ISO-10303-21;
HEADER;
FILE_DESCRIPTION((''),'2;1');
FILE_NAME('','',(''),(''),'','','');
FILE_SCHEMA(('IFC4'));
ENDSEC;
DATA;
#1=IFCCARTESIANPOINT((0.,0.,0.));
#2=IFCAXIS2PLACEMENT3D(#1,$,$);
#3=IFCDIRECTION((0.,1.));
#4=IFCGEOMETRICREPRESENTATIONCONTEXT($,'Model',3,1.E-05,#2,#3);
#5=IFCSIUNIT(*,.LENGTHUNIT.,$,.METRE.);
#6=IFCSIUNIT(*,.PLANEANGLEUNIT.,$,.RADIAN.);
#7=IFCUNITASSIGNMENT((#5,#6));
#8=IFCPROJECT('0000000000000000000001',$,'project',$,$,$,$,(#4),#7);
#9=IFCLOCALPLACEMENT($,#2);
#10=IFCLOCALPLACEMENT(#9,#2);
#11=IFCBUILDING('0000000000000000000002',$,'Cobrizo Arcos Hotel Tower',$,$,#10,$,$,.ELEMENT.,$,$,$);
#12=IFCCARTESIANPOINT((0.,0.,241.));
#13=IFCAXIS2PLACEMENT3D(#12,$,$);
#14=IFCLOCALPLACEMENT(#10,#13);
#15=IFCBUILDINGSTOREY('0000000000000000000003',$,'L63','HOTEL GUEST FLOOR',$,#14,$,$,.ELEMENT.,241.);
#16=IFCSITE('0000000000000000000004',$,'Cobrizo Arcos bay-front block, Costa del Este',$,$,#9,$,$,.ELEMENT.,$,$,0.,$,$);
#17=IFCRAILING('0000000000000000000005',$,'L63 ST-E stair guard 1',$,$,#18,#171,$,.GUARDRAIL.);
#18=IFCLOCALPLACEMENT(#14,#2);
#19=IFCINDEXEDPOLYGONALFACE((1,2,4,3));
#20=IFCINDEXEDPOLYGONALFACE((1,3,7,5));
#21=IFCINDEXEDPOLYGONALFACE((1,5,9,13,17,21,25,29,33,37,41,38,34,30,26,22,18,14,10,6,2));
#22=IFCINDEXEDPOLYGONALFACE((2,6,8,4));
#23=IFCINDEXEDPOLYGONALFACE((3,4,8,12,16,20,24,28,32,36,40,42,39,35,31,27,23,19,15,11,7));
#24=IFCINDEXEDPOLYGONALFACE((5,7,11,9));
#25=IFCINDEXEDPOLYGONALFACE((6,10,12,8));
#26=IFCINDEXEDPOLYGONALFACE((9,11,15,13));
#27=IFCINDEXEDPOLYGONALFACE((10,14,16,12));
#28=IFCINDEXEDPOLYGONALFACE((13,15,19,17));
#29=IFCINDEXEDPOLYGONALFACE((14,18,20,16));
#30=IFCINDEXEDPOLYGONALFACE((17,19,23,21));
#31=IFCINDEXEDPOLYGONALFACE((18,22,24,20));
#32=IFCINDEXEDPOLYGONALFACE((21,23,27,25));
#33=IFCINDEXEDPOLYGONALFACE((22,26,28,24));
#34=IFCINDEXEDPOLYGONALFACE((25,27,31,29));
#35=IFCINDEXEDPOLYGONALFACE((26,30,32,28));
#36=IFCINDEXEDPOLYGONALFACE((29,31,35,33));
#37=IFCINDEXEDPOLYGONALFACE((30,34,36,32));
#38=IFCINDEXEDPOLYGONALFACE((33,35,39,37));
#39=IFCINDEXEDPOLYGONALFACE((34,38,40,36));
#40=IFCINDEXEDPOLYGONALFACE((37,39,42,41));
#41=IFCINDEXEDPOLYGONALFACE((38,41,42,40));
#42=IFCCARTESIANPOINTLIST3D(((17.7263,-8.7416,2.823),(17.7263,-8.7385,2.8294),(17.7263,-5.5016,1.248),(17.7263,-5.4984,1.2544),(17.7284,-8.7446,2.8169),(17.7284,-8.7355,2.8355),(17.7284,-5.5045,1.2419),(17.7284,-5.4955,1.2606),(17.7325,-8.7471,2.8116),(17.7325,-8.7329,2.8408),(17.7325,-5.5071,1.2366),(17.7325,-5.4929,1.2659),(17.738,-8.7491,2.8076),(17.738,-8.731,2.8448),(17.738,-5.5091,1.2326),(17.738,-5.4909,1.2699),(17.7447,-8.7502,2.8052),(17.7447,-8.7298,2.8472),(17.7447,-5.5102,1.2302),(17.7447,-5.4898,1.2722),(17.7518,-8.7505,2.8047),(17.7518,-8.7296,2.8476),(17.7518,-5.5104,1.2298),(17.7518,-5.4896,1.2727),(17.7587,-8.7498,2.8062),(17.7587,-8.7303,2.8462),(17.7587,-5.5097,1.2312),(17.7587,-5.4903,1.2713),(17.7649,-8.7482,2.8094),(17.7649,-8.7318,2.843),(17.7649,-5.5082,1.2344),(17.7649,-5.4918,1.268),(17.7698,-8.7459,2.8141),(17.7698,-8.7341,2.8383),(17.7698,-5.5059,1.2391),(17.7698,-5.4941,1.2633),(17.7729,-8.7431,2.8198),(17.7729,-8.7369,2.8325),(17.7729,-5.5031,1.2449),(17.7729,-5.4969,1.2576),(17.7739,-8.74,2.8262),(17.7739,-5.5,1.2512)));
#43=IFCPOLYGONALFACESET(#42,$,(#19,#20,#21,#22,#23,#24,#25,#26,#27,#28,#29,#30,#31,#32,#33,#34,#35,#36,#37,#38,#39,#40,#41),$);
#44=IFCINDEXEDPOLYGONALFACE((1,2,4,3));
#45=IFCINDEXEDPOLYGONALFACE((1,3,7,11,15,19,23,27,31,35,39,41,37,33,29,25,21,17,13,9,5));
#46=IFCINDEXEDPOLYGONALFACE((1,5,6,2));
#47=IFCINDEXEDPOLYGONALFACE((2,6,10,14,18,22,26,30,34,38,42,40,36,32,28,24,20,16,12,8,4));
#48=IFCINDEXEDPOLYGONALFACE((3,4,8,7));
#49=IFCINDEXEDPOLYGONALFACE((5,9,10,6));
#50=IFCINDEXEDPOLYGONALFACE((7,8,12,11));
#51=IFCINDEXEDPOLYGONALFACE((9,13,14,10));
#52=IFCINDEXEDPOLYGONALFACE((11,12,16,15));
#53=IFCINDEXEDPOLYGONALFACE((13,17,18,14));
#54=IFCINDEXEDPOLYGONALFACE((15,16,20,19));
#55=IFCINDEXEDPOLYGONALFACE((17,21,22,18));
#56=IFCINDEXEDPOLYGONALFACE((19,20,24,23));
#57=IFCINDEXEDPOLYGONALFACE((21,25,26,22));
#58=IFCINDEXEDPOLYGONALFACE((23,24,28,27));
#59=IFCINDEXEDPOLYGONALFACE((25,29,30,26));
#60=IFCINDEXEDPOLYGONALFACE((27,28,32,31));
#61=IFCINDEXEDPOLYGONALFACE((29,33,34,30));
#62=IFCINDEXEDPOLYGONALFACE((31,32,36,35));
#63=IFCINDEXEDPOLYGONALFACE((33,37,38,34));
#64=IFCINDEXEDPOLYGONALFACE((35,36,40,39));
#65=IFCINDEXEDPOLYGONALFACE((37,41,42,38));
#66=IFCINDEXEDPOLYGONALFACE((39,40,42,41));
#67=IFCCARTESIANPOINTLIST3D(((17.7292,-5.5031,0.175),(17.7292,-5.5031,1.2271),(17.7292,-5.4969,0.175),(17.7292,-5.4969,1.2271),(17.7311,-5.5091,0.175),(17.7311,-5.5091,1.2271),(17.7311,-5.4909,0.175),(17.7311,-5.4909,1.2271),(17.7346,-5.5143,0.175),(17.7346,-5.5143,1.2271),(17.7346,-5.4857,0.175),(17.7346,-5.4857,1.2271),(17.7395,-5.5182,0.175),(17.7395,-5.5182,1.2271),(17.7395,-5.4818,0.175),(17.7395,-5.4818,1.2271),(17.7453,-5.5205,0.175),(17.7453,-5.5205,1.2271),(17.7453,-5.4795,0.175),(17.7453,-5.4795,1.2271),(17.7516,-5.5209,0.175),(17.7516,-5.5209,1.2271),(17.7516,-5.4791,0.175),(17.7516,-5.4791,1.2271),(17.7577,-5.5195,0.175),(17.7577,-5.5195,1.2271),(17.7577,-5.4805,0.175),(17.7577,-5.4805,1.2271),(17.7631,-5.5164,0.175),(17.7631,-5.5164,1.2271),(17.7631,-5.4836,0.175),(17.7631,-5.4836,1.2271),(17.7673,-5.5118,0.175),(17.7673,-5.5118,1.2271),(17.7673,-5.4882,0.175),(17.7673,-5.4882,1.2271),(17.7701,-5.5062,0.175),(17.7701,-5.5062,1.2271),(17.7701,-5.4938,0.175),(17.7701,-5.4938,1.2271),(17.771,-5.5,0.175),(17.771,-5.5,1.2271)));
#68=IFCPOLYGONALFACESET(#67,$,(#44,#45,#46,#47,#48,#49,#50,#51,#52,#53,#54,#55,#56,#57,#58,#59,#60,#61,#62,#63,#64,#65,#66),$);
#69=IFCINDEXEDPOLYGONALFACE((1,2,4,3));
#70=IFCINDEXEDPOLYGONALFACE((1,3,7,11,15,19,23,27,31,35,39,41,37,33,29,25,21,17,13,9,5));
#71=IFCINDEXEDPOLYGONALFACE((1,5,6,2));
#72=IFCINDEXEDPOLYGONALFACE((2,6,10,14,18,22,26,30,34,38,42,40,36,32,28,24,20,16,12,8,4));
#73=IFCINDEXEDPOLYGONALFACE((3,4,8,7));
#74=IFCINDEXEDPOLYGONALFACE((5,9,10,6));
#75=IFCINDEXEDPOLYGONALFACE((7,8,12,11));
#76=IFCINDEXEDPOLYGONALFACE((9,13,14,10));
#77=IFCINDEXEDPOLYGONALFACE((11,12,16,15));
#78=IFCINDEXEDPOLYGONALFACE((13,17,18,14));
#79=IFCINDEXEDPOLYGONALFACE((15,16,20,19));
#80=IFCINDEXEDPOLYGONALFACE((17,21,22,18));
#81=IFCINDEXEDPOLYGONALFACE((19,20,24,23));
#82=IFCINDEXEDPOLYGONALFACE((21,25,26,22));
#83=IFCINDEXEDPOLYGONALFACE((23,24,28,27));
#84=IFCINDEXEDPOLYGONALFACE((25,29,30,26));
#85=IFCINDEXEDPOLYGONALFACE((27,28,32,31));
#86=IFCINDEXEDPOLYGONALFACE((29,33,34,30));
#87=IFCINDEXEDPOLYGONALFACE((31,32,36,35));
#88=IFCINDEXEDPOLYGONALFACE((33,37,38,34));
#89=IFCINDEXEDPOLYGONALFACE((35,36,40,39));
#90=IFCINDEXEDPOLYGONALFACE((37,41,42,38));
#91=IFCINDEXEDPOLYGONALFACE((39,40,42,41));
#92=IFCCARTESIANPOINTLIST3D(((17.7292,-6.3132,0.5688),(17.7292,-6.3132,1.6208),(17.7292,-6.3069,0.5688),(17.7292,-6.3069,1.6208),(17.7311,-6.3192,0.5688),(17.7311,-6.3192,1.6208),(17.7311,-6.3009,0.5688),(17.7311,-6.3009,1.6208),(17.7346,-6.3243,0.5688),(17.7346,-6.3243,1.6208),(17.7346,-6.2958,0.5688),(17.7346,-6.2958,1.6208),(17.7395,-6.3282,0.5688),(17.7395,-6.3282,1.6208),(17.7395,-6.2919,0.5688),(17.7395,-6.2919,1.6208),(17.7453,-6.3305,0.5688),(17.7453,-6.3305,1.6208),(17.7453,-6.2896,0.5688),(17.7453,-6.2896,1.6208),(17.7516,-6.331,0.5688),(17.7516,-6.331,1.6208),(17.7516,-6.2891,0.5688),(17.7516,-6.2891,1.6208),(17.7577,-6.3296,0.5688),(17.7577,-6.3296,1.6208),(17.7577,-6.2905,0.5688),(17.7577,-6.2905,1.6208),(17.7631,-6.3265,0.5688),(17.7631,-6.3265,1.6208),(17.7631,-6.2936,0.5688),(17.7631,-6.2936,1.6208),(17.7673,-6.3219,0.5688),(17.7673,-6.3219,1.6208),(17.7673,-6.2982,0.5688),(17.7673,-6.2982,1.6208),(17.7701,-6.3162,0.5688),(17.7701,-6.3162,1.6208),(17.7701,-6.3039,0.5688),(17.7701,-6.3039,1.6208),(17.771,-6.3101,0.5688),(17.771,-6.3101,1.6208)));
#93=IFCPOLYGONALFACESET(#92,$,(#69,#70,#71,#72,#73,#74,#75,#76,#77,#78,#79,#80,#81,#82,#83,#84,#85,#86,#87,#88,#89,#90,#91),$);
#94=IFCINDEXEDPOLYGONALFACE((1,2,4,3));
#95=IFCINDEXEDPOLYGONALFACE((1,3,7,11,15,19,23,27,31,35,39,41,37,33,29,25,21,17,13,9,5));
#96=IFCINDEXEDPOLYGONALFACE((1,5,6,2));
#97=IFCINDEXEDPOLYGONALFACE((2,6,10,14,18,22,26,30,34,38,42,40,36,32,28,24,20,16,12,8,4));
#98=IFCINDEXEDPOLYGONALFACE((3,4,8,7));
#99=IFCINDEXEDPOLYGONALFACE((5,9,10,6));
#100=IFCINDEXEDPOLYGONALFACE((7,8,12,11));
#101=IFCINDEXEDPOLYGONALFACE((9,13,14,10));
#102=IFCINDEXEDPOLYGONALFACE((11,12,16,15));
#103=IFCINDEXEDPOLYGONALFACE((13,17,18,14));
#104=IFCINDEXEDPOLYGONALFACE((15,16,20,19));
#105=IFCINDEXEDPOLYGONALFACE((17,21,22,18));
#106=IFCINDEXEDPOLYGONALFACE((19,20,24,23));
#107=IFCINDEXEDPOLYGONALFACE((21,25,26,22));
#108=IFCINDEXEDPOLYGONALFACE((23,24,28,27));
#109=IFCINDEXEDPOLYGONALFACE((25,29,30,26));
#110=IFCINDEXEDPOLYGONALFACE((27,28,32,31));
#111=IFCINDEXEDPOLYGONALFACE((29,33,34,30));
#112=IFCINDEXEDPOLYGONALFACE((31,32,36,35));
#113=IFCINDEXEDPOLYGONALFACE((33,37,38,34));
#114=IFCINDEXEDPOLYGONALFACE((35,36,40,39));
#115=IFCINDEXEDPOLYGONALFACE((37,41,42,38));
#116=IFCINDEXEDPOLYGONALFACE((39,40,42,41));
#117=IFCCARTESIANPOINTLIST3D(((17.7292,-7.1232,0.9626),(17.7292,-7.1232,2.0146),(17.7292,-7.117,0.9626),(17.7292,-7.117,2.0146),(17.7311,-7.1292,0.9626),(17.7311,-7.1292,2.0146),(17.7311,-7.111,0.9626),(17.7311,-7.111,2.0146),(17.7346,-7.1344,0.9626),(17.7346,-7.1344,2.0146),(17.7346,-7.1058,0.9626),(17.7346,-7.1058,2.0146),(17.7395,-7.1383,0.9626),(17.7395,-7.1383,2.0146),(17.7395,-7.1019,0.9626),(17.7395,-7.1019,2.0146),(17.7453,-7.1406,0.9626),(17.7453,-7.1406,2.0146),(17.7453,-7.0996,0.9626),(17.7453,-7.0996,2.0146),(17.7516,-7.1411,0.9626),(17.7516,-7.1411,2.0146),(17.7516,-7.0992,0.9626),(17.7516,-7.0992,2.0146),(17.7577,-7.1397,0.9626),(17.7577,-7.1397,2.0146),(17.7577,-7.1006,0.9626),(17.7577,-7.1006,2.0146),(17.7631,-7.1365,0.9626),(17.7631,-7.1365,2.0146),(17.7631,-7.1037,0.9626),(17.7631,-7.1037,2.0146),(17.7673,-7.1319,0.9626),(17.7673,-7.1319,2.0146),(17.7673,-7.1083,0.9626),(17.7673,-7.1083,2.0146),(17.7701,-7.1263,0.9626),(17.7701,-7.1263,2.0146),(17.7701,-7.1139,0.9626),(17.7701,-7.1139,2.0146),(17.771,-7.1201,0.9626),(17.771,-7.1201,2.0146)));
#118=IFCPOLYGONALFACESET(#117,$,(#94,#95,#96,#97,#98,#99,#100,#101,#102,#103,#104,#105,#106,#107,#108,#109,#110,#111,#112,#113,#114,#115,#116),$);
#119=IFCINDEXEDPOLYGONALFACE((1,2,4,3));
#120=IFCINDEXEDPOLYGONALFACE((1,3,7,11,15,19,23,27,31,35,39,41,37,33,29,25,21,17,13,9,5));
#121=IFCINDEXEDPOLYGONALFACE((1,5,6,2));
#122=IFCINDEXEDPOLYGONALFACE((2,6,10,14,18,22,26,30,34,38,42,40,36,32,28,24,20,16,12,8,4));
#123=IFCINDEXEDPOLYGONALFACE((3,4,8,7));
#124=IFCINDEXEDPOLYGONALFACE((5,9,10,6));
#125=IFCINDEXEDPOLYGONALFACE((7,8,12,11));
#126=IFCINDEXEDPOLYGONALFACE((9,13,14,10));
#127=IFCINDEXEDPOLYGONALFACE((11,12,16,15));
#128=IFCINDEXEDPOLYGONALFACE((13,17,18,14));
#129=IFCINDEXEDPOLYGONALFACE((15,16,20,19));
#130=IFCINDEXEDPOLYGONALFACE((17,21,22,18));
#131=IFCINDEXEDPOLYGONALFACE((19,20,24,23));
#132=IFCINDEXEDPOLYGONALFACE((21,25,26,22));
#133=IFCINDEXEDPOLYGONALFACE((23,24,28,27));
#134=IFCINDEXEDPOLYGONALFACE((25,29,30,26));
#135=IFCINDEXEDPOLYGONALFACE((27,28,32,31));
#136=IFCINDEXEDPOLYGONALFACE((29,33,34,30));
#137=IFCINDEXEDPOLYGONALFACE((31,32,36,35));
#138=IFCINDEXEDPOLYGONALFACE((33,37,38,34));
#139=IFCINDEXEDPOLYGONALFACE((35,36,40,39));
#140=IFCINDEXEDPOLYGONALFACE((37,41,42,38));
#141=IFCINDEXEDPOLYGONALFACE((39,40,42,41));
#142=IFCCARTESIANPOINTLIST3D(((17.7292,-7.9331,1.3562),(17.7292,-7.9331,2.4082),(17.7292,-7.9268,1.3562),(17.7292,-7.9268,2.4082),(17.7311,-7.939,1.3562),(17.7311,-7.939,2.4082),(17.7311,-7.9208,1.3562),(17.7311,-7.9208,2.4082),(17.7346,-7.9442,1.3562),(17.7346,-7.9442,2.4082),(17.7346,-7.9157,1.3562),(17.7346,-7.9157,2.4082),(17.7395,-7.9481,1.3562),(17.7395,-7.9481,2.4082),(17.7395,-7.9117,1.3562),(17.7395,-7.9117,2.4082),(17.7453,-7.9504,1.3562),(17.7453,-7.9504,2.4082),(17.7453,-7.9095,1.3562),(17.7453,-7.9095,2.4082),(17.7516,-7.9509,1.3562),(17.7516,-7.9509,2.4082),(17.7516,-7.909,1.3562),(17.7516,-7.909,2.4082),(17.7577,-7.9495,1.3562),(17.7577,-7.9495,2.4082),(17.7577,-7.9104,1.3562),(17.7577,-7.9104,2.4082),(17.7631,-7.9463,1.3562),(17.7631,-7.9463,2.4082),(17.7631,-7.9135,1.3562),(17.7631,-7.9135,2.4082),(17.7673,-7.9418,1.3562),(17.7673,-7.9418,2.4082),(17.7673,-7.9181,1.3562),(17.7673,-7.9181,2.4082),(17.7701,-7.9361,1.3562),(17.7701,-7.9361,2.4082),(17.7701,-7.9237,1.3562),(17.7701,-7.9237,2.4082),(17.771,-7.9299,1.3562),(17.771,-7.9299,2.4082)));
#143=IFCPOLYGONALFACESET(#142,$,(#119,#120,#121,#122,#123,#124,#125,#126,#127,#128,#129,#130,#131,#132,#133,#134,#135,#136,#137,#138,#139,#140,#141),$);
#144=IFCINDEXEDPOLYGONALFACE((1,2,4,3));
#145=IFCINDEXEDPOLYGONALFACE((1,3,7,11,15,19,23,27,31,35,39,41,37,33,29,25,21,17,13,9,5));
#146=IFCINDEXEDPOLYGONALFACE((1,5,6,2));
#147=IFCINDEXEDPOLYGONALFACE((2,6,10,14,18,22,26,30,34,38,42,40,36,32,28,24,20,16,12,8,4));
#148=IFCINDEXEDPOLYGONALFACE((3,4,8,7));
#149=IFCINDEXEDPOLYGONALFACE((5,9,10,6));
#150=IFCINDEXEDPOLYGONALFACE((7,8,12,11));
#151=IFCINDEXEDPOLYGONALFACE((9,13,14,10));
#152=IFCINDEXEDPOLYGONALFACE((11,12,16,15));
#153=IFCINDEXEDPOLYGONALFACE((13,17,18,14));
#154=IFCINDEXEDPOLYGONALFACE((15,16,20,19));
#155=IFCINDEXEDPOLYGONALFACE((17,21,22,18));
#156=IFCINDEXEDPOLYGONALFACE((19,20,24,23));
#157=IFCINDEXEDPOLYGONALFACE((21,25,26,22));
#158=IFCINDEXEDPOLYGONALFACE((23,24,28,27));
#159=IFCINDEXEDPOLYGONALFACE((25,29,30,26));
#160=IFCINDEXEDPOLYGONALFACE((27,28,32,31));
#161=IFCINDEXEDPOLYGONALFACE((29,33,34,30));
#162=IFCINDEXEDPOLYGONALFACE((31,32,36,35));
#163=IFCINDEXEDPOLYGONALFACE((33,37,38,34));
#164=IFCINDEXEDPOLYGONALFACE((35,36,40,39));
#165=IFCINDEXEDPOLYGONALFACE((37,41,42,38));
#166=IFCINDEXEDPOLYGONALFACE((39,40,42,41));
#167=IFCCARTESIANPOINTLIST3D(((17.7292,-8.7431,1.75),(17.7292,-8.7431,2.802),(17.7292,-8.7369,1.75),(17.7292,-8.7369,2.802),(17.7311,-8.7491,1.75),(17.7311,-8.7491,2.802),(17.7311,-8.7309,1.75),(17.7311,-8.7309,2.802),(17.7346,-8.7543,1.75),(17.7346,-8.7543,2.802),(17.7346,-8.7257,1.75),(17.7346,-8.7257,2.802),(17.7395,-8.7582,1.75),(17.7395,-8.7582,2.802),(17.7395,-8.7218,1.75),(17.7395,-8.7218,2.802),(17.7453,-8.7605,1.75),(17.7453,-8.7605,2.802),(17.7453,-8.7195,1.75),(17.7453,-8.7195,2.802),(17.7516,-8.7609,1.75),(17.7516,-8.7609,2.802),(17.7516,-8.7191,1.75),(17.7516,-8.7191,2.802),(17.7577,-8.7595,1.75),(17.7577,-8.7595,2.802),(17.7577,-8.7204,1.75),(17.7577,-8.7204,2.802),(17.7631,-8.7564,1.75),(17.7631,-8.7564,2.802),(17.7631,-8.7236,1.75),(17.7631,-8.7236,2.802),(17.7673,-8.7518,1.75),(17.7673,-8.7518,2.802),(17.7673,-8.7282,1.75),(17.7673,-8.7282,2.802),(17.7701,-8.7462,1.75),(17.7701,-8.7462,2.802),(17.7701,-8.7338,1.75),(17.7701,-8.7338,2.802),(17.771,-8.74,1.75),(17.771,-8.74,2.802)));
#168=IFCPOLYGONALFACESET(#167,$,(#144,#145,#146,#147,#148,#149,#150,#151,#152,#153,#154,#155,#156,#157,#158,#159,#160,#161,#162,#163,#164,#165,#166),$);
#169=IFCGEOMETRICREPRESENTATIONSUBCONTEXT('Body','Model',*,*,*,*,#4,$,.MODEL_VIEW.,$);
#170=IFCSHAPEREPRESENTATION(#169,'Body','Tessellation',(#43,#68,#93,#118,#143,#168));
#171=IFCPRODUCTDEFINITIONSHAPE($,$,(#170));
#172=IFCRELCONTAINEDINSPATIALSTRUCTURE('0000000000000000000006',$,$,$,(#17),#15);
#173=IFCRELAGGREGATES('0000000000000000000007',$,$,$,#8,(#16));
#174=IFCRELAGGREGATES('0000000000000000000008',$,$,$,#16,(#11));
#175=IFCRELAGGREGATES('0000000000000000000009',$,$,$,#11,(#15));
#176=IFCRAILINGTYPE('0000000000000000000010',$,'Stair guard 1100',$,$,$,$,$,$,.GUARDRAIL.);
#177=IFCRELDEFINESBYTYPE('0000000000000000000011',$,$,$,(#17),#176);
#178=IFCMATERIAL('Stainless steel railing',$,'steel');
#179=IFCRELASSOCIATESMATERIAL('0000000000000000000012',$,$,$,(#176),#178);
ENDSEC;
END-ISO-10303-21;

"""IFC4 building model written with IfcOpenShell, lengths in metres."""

from ifc_helpers import new_model, si_unit, direction, frame, origin, origin_2d, place, context, subcontext, project, spatial, circle, extrude, material, type_object, element, save


model = new_model("IFC4")

# Units and contexts
model_context = context("Model", 3, precision=1e-05, world=origin(), true_north=direction((0.0, 1.0)))
body_context = subcontext(model_context, "Body", "Model", "MODEL_VIEW")
ifc_project = project(units=[si_unit("LENGTHUNIT", "METRE"), si_unit("PLANEANGLEUNIT", "RADIAN")], contexts=[model_context])

# Site, building, storey
site_placement = place(None, origin())
site = spatial("IfcSite", under=ifc_project, at=site_placement, Name="Cobrizo Arcos bay-front block, Costa del Este", CompositionType="ELEMENT", RefElevation=0.0)
building_placement = place(site_placement, origin())
building = spatial("IfcBuilding", under=site, at=building_placement, Name="Cobrizo Arcos Hotel Tower", CompositionType="ELEMENT")
storey_placement = place(building_placement, frame((0.0, 0.0, 241.0)))
storey = spatial("IfcBuildingStorey", under=building, at=storey_placement, Name="L63", Description="HOTEL GUEST FLOOR", CompositionType="ELEMENT", Elevation=241.0)

# Railing
ifc_material_1 = material(Name="Stainless steel railing", Category="steel")
railing_type_1 = type_object("IfcRailingType", Name="Stair guard 1100", PredefinedType="GUARDRAIL", material=ifc_material_1)
railing_1_placement = place(storey_placement, frame((17.75, -5.5, 0.175)))
element("IfcRailing", 1, at=railing_1_placement, inside=storey, type_object=railing_type_1, Name="L63 ST-E stair guard 1", PredefinedType="GUARDRAIL", context=body_context, shape_type="SweptSolid", body=[
    extrude(circle(Radius=0.0239, at=origin_2d()), frame((0.0, 0.0, 1.0762), z_axis=(0.0, -0.899373, 0.437183), x_axis=(1.0, 0.0, 0.0)), (0.0, 0.0, 1.0), 3.6025),
    extrude(circle(Radius=0.021, at=origin_2d()), origin(), (0.0, 0.0, 1.0), 1.052),
    extrude(circle(Radius=0.021, at=origin_2d()), frame((0.0, -0.8101, 0.3938)), (0.0, 0.0, 1.0), 1.052),
    extrude(circle(Radius=0.021, at=origin_2d()), frame((0.0, -1.6201, 0.7876)), (0.0, 0.0, 1.0), 1.052),
    extrude(circle(Radius=0.021, at=origin_2d()), frame((0.0, -2.4299, 1.1812)), (0.0, 0.0, 1.0), 1.052),
    extrude(circle(Radius=0.021, at=origin_2d()), frame((0.0, -3.24, 1.575)), (0.0, 0.0, 1.0), 1.052),
])

save(model, "model.ifc")
